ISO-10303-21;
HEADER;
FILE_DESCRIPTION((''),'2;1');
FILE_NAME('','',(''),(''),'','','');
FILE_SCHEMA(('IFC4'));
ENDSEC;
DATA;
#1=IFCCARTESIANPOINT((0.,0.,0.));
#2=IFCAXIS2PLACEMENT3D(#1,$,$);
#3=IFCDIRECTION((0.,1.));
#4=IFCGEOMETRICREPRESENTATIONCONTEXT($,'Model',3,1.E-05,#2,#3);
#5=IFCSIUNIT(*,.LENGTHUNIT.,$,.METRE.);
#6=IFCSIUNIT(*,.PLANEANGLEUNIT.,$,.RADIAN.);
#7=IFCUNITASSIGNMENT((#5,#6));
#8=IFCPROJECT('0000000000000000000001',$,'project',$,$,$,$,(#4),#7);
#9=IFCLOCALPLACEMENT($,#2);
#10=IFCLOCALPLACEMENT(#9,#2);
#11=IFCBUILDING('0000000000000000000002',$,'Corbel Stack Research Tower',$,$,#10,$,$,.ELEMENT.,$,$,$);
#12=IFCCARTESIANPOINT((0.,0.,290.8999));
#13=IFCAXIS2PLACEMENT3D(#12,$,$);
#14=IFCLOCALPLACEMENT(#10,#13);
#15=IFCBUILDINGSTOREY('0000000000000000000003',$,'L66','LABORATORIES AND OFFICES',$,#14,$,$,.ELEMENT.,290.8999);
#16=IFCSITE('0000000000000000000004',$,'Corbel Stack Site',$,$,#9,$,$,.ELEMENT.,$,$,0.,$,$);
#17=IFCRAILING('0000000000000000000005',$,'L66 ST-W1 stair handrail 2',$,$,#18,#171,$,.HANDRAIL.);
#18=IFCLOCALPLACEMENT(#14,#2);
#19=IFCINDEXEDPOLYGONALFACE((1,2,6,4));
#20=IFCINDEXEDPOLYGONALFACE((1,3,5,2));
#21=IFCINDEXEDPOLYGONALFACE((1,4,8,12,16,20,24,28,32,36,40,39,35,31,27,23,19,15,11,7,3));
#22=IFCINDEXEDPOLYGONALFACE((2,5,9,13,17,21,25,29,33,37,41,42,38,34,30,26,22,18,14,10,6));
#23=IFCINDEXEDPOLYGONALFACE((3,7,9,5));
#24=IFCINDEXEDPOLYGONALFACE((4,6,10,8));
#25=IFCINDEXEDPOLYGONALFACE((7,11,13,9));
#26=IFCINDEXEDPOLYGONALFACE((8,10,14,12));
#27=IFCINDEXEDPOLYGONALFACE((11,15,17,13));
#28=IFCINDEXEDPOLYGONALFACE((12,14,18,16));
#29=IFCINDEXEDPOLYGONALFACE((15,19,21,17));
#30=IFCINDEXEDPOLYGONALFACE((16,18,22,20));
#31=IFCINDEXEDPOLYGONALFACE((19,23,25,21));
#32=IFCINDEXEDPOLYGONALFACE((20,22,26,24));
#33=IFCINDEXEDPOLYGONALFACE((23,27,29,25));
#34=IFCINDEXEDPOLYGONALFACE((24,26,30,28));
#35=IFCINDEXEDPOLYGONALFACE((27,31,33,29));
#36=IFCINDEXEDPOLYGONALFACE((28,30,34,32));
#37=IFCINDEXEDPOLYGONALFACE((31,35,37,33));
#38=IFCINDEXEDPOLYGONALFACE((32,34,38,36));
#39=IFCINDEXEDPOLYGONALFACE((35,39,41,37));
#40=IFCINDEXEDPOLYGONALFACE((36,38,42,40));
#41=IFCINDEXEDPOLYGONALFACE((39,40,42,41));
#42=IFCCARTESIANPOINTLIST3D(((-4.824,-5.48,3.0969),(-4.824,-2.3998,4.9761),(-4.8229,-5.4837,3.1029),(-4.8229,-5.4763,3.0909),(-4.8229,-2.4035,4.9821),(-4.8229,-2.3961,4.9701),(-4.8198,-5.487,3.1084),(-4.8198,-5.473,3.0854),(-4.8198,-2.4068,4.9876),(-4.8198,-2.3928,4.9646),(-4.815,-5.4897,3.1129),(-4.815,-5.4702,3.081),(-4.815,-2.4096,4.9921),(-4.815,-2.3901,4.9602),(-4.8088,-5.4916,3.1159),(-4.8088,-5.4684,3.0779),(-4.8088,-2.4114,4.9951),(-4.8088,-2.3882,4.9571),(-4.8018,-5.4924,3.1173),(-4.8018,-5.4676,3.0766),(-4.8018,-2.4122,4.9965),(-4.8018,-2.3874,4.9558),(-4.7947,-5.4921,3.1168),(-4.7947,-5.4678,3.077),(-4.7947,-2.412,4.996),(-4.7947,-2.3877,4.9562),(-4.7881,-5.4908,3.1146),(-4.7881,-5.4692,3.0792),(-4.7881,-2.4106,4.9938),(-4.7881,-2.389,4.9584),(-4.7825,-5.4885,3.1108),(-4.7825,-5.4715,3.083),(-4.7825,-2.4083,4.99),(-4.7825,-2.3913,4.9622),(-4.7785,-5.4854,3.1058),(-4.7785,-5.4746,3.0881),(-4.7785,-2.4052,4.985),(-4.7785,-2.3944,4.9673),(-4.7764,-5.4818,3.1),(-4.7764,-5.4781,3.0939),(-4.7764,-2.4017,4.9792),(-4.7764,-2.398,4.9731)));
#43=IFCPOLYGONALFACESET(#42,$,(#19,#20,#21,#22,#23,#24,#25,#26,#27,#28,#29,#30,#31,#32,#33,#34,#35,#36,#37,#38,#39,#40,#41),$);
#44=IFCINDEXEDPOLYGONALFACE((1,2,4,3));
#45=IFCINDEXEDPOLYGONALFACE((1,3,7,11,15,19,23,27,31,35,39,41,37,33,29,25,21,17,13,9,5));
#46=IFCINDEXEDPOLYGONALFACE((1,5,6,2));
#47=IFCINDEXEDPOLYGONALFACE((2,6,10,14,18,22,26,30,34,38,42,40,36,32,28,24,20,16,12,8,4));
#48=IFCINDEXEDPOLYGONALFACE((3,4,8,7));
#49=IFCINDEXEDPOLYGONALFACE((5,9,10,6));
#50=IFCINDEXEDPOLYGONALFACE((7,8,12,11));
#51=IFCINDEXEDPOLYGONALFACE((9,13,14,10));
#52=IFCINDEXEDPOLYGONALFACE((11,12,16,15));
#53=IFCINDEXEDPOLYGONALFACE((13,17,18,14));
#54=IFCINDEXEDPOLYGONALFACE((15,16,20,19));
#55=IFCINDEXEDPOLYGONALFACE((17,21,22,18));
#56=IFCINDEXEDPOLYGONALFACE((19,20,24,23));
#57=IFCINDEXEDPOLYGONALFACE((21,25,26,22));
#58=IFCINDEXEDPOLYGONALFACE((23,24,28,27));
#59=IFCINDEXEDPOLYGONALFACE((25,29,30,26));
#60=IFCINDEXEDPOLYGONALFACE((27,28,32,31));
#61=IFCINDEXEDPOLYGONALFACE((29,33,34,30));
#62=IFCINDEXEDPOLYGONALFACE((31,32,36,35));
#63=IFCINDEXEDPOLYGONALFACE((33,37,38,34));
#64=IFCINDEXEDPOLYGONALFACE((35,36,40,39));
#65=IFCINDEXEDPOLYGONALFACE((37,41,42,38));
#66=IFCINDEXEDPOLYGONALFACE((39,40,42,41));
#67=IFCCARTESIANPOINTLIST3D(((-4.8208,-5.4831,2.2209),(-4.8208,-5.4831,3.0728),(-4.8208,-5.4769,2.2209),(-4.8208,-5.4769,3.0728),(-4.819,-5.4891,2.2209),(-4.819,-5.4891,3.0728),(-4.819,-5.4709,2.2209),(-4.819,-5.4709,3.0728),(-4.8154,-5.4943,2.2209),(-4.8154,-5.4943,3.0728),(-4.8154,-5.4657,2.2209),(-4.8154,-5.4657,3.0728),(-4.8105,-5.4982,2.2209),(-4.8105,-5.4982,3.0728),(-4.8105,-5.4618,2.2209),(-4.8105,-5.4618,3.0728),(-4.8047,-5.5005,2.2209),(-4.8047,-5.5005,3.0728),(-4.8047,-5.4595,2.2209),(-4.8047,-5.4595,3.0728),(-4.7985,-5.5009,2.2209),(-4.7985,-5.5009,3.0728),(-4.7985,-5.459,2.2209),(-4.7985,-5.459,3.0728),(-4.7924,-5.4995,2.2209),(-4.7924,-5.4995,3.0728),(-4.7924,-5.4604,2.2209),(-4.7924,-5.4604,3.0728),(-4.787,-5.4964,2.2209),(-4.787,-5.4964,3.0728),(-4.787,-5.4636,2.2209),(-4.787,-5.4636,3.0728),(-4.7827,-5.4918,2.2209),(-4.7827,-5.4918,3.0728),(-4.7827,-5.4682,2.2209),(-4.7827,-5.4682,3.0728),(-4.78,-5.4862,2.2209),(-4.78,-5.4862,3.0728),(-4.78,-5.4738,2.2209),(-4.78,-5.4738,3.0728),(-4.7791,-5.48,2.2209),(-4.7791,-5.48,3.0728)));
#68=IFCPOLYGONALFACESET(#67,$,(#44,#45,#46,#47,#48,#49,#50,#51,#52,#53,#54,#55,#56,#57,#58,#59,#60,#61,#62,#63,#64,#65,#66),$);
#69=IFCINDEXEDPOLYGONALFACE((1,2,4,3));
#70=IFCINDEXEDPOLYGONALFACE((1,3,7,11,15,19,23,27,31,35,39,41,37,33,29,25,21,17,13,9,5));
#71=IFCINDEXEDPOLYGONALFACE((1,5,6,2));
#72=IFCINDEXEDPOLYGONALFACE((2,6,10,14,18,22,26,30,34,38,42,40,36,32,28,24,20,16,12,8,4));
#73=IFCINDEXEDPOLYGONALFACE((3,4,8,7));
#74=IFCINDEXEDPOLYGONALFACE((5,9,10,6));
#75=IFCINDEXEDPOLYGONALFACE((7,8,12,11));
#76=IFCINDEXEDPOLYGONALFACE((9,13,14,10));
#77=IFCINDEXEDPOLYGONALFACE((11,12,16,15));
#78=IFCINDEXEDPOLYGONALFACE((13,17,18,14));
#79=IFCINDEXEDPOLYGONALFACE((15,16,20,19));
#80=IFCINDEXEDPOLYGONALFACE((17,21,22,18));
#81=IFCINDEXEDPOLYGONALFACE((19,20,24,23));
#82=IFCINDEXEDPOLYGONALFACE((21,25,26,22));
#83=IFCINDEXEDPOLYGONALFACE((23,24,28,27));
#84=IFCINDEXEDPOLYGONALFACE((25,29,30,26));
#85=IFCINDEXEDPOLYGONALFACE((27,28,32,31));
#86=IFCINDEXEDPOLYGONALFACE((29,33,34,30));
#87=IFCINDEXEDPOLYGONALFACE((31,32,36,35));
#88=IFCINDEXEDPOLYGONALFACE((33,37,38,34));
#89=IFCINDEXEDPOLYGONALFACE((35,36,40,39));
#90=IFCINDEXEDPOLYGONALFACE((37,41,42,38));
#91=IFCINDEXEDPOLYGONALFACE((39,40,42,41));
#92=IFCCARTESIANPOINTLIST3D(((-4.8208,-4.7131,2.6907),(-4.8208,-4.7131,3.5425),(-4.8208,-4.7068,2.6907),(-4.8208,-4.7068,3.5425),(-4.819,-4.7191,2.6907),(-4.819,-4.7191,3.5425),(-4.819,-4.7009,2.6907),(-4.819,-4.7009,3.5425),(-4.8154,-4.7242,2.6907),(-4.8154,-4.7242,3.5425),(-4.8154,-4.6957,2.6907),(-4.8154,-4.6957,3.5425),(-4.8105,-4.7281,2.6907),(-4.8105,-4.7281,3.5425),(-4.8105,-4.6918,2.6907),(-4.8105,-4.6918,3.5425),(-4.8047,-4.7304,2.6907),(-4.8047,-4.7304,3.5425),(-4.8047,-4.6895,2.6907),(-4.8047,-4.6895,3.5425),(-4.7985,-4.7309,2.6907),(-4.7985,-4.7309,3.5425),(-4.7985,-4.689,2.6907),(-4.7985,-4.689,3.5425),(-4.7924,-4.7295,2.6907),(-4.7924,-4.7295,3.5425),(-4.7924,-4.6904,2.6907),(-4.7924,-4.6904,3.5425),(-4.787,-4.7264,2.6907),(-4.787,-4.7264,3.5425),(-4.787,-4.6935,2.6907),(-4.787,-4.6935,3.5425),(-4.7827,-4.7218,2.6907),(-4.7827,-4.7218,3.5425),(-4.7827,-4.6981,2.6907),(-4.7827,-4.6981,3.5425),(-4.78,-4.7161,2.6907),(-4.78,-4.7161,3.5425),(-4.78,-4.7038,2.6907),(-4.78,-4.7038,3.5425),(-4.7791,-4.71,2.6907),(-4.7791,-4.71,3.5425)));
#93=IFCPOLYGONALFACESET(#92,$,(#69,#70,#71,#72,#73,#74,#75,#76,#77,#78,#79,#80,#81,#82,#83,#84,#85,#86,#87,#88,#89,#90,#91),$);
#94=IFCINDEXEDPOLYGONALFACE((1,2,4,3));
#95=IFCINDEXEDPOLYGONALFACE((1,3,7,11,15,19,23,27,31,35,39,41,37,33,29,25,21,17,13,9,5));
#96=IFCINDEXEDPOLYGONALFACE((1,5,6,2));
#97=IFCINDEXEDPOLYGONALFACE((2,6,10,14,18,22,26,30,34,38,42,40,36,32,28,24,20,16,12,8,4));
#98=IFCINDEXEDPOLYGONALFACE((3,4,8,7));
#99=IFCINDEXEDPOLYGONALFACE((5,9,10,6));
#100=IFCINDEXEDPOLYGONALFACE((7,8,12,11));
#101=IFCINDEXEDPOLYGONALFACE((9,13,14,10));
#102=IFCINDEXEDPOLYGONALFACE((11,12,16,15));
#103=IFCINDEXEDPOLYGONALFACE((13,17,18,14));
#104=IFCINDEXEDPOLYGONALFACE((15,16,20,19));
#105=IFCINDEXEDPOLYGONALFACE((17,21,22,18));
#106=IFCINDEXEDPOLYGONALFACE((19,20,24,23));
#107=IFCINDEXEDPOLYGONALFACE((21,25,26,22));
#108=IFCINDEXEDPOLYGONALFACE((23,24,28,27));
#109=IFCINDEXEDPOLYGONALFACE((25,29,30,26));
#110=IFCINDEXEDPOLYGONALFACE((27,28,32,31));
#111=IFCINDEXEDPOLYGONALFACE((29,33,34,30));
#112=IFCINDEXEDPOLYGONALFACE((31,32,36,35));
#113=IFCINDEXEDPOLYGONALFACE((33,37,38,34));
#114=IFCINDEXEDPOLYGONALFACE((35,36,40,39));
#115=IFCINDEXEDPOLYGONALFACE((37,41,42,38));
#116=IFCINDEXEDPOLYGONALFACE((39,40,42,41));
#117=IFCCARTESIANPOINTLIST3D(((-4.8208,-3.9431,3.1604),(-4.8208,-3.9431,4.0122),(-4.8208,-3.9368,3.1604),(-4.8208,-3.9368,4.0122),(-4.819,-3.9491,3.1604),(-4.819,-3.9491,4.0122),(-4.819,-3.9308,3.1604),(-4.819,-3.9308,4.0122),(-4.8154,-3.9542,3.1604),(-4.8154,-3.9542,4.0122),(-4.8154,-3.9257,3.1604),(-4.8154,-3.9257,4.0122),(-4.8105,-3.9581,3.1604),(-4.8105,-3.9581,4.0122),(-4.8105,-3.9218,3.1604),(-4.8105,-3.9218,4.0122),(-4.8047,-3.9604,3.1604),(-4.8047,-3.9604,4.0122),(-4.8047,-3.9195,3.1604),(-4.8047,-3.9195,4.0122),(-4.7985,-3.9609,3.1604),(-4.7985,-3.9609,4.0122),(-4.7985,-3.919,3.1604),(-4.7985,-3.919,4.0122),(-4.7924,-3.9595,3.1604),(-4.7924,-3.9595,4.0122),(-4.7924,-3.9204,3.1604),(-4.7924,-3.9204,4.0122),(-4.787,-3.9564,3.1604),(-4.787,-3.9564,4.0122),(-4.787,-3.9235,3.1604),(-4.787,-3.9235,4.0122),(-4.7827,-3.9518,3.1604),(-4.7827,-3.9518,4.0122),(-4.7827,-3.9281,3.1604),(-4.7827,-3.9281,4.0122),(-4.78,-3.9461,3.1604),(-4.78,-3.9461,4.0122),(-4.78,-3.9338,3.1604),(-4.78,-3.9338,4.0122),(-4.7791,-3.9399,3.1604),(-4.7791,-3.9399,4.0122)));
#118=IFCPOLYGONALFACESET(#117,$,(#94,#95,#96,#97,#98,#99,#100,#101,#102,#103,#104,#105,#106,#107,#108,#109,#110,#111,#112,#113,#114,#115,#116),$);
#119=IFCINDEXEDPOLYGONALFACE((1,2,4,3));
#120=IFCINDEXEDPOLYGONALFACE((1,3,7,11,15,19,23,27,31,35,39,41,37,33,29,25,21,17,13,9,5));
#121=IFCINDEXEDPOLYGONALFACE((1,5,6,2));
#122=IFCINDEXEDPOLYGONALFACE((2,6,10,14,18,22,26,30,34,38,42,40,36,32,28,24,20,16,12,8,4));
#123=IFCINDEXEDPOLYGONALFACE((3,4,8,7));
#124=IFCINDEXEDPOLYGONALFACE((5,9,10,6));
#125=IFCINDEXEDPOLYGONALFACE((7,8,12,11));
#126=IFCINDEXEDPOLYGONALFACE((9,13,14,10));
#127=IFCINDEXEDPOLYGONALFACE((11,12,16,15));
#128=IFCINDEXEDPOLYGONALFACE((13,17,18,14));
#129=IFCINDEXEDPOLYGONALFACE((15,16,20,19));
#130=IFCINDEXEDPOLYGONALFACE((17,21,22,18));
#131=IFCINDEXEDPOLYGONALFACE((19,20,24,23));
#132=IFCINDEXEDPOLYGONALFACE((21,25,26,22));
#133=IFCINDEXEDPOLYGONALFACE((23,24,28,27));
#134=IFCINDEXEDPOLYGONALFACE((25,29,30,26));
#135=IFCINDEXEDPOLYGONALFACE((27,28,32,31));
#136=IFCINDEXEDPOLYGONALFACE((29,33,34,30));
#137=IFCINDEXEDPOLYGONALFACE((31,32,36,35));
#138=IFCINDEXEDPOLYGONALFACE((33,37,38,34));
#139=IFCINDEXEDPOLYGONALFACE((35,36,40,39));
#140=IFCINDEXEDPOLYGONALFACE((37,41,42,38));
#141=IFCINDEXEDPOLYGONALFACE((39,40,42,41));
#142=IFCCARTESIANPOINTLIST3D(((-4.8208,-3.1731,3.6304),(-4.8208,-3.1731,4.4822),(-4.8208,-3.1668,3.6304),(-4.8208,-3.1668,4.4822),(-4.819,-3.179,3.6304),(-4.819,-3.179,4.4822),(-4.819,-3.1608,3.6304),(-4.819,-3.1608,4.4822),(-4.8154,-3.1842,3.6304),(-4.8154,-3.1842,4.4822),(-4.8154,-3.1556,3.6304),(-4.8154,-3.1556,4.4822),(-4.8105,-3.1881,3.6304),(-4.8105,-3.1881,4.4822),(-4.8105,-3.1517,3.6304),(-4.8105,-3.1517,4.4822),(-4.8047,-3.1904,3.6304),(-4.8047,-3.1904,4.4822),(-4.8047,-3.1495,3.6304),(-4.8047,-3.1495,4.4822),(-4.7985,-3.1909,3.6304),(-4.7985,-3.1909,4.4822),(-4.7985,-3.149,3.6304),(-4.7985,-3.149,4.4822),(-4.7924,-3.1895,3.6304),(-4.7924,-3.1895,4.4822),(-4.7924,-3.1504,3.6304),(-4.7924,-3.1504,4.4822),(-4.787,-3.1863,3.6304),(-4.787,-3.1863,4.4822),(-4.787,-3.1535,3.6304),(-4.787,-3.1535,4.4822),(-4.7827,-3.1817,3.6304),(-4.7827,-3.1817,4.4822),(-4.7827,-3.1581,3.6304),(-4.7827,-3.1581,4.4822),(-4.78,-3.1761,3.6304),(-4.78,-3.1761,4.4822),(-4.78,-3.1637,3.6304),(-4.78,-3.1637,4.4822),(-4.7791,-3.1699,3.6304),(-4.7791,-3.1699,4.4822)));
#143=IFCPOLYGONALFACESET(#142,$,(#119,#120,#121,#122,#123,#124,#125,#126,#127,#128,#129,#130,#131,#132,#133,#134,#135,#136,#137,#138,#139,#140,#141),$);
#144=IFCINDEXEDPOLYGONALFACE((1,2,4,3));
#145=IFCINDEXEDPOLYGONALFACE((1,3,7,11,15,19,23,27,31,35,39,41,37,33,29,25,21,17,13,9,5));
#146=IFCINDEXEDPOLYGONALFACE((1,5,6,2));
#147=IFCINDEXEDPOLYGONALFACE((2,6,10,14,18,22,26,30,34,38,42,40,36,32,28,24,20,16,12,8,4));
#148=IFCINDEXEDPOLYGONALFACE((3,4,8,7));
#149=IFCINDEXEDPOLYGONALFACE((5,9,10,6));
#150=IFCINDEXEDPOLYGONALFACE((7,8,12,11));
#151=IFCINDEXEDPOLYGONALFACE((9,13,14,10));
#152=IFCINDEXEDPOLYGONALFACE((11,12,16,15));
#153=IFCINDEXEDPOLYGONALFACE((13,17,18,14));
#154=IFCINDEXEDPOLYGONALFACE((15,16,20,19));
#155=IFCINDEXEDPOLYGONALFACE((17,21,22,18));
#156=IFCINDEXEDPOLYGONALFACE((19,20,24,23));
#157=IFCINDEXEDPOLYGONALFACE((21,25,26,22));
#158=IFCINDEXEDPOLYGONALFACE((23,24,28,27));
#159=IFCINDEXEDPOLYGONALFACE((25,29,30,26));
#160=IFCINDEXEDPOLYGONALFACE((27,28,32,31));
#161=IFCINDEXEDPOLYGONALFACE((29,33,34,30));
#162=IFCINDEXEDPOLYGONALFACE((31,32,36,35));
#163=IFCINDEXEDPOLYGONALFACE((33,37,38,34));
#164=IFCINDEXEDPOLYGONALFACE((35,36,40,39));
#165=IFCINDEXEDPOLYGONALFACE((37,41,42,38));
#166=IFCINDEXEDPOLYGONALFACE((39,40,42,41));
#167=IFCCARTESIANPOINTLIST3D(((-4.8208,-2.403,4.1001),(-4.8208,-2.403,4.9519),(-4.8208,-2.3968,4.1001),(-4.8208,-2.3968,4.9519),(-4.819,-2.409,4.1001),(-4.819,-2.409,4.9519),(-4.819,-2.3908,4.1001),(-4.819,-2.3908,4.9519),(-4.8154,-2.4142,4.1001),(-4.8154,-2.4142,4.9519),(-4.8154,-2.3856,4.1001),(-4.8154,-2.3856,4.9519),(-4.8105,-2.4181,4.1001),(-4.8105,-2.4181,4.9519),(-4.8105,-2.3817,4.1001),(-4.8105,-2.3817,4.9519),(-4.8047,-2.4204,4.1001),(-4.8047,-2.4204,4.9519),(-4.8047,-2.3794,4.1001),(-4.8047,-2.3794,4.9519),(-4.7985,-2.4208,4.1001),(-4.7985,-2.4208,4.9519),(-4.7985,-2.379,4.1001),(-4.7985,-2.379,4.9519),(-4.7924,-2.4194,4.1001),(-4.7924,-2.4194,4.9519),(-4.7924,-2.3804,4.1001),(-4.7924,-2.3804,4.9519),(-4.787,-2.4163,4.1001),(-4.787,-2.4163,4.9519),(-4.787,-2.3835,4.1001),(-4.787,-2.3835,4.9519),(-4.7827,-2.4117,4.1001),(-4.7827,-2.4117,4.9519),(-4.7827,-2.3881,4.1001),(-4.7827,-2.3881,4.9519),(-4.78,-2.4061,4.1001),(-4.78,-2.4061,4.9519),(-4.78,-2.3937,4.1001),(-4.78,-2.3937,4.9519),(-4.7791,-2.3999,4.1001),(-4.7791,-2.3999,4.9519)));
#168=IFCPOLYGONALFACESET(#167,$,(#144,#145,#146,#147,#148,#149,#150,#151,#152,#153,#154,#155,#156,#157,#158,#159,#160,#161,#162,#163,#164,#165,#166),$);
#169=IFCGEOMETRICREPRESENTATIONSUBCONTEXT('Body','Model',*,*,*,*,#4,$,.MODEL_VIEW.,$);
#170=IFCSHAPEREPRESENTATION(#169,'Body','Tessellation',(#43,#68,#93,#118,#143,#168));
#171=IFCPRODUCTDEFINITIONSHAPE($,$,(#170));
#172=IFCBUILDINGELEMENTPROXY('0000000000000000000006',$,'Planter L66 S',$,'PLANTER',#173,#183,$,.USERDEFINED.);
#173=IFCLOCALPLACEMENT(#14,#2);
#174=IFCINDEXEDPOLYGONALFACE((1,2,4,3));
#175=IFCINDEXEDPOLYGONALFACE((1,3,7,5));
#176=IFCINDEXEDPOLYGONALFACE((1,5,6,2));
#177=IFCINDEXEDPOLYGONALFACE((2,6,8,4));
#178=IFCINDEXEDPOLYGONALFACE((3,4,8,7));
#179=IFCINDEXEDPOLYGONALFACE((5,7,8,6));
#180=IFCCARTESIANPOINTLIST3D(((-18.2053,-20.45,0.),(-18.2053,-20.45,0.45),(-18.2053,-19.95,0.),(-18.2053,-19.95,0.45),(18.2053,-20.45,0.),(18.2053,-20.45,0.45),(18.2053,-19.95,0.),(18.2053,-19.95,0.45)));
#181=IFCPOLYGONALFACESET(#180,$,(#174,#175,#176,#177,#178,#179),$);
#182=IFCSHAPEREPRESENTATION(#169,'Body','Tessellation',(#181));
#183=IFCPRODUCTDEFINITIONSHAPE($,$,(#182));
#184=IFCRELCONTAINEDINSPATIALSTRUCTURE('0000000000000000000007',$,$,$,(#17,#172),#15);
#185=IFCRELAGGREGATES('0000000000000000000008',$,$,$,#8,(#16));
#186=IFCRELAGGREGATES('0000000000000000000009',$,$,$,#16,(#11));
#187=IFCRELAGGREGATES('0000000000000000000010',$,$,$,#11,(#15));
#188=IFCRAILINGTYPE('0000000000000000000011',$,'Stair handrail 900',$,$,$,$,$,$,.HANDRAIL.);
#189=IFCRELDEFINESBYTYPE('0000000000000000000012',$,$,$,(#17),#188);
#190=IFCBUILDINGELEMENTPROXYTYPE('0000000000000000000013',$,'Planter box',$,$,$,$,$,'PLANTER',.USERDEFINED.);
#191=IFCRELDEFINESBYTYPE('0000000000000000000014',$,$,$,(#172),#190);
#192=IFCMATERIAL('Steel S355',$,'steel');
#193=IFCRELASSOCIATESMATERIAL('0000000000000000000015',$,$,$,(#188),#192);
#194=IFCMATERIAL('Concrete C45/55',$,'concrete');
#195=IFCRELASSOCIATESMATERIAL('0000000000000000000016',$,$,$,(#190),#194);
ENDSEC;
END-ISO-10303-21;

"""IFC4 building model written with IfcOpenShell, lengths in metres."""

from ifc_helpers import new_model, si_unit, direction, frame, origin, origin_2d, place, context, subcontext, project, spatial, rectangle, circle, extrude, material, type_object, element, save


model = new_model("IFC4")

# Units and contexts
model_context = context("Model", 3, precision=1e-05, world=origin(), true_north=direction((0.0, 1.0)))
body_context = subcontext(model_context, "Body", "Model", "MODEL_VIEW")
ifc_project = project(units=[si_unit("LENGTHUNIT", "METRE"), si_unit("PLANEANGLEUNIT", "RADIAN")], contexts=[model_context])

# Site, building, storey
site_placement = place(None, origin())
site = spatial("IfcSite", under=ifc_project, at=site_placement, Name="Corbel Stack Site", CompositionType="ELEMENT", RefElevation=0.0)
building_placement = place(site_placement, origin())
building = spatial("IfcBuilding", under=site, at=building_placement, Name="Corbel Stack Research Tower", CompositionType="ELEMENT")
storey_placement = place(building_placement, frame((0.0, 0.0, 290.8999)))
storey = spatial("IfcBuildingStorey", under=building, at=storey_placement, Name="L66", Description="LABORATORIES AND OFFICES", CompositionType="ELEMENT", Elevation=290.8999)

# Railing
ifc_material_1 = material(Name="Steel S355", Category="steel")
railing_type_1 = type_object("IfcRailingType", Name="Stair handrail 900", PredefinedType="HANDRAIL", material=ifc_material_1)
railing_1_placement = place(storey_placement, frame((-4.8, -5.48, 2.2209)))
element("IfcRailing", 1, at=railing_1_placement, inside=storey, type_object=railing_type_1, Name="L66 ST-W1 stair handrail 2", PredefinedType="HANDRAIL", context=body_context, shape_type="SweptSolid", body=[
    extrude(circle(Radius=0.0239, at=origin_2d()), frame((0.0, 0.0, 0.876), z_axis=(0.0, 0.853666, 0.52082), x_axis=(-1.0, 0.0, 0.0)), (0.0, 0.0, 1.0), 3.6082),
    extrude(circle(Radius=0.021, at=origin_2d()), origin(), (0.0, 0.0, 1.0), 0.8518),
    extrude(circle(Radius=0.021, at=origin_2d()), frame((0.0, 0.77, 0.4697)), (0.0, 0.0, 1.0), 0.8518),
    extrude(circle(Radius=0.021, at=origin_2d()), frame((0.0, 1.54, 0.9395)), (0.0, 0.0, 1.0), 0.8518),
    extrude(circle(Radius=0.021, at=origin_2d()), frame((0.0, 2.3101, 1.4094)), (0.0, 0.0, 1.0), 0.8518),
    extrude(circle(Radius=0.021, at=origin_2d()), frame((0.0, 3.0801, 1.8792)), (0.0, 0.0, 1.0), 0.8518),
])

# Building element proxy
ifc_material_2 = material(Name="Concrete C45/55", Category="concrete")
building_element_proxy_type = type_object("IfcBuildingElementProxyType", Name="Planter box", ElementType="PLANTER", PredefinedType="USERDEFINED", material=ifc_material_2)
proxy_placement = place(storey_placement, frame((0.0, -20.2, 0.0), z_axis=(0.0, 0.0, 1.0), x_axis=(1.0, 0.0, 0.0)))
element("IfcBuildingElementProxy", 2, at=proxy_placement, inside=storey, type_object=building_element_proxy_type, Name="Planter L66 S", ObjectType="PLANTER", PredefinedType="USERDEFINED", context=body_context, shape_type="SweptSolid", body=[
    extrude(rectangle(XDim=36.4106, YDim=0.5, at=origin_2d()), origin(), (0.0, 0.0, 1.0), 0.45),
])

save(model, "model.ifc")
